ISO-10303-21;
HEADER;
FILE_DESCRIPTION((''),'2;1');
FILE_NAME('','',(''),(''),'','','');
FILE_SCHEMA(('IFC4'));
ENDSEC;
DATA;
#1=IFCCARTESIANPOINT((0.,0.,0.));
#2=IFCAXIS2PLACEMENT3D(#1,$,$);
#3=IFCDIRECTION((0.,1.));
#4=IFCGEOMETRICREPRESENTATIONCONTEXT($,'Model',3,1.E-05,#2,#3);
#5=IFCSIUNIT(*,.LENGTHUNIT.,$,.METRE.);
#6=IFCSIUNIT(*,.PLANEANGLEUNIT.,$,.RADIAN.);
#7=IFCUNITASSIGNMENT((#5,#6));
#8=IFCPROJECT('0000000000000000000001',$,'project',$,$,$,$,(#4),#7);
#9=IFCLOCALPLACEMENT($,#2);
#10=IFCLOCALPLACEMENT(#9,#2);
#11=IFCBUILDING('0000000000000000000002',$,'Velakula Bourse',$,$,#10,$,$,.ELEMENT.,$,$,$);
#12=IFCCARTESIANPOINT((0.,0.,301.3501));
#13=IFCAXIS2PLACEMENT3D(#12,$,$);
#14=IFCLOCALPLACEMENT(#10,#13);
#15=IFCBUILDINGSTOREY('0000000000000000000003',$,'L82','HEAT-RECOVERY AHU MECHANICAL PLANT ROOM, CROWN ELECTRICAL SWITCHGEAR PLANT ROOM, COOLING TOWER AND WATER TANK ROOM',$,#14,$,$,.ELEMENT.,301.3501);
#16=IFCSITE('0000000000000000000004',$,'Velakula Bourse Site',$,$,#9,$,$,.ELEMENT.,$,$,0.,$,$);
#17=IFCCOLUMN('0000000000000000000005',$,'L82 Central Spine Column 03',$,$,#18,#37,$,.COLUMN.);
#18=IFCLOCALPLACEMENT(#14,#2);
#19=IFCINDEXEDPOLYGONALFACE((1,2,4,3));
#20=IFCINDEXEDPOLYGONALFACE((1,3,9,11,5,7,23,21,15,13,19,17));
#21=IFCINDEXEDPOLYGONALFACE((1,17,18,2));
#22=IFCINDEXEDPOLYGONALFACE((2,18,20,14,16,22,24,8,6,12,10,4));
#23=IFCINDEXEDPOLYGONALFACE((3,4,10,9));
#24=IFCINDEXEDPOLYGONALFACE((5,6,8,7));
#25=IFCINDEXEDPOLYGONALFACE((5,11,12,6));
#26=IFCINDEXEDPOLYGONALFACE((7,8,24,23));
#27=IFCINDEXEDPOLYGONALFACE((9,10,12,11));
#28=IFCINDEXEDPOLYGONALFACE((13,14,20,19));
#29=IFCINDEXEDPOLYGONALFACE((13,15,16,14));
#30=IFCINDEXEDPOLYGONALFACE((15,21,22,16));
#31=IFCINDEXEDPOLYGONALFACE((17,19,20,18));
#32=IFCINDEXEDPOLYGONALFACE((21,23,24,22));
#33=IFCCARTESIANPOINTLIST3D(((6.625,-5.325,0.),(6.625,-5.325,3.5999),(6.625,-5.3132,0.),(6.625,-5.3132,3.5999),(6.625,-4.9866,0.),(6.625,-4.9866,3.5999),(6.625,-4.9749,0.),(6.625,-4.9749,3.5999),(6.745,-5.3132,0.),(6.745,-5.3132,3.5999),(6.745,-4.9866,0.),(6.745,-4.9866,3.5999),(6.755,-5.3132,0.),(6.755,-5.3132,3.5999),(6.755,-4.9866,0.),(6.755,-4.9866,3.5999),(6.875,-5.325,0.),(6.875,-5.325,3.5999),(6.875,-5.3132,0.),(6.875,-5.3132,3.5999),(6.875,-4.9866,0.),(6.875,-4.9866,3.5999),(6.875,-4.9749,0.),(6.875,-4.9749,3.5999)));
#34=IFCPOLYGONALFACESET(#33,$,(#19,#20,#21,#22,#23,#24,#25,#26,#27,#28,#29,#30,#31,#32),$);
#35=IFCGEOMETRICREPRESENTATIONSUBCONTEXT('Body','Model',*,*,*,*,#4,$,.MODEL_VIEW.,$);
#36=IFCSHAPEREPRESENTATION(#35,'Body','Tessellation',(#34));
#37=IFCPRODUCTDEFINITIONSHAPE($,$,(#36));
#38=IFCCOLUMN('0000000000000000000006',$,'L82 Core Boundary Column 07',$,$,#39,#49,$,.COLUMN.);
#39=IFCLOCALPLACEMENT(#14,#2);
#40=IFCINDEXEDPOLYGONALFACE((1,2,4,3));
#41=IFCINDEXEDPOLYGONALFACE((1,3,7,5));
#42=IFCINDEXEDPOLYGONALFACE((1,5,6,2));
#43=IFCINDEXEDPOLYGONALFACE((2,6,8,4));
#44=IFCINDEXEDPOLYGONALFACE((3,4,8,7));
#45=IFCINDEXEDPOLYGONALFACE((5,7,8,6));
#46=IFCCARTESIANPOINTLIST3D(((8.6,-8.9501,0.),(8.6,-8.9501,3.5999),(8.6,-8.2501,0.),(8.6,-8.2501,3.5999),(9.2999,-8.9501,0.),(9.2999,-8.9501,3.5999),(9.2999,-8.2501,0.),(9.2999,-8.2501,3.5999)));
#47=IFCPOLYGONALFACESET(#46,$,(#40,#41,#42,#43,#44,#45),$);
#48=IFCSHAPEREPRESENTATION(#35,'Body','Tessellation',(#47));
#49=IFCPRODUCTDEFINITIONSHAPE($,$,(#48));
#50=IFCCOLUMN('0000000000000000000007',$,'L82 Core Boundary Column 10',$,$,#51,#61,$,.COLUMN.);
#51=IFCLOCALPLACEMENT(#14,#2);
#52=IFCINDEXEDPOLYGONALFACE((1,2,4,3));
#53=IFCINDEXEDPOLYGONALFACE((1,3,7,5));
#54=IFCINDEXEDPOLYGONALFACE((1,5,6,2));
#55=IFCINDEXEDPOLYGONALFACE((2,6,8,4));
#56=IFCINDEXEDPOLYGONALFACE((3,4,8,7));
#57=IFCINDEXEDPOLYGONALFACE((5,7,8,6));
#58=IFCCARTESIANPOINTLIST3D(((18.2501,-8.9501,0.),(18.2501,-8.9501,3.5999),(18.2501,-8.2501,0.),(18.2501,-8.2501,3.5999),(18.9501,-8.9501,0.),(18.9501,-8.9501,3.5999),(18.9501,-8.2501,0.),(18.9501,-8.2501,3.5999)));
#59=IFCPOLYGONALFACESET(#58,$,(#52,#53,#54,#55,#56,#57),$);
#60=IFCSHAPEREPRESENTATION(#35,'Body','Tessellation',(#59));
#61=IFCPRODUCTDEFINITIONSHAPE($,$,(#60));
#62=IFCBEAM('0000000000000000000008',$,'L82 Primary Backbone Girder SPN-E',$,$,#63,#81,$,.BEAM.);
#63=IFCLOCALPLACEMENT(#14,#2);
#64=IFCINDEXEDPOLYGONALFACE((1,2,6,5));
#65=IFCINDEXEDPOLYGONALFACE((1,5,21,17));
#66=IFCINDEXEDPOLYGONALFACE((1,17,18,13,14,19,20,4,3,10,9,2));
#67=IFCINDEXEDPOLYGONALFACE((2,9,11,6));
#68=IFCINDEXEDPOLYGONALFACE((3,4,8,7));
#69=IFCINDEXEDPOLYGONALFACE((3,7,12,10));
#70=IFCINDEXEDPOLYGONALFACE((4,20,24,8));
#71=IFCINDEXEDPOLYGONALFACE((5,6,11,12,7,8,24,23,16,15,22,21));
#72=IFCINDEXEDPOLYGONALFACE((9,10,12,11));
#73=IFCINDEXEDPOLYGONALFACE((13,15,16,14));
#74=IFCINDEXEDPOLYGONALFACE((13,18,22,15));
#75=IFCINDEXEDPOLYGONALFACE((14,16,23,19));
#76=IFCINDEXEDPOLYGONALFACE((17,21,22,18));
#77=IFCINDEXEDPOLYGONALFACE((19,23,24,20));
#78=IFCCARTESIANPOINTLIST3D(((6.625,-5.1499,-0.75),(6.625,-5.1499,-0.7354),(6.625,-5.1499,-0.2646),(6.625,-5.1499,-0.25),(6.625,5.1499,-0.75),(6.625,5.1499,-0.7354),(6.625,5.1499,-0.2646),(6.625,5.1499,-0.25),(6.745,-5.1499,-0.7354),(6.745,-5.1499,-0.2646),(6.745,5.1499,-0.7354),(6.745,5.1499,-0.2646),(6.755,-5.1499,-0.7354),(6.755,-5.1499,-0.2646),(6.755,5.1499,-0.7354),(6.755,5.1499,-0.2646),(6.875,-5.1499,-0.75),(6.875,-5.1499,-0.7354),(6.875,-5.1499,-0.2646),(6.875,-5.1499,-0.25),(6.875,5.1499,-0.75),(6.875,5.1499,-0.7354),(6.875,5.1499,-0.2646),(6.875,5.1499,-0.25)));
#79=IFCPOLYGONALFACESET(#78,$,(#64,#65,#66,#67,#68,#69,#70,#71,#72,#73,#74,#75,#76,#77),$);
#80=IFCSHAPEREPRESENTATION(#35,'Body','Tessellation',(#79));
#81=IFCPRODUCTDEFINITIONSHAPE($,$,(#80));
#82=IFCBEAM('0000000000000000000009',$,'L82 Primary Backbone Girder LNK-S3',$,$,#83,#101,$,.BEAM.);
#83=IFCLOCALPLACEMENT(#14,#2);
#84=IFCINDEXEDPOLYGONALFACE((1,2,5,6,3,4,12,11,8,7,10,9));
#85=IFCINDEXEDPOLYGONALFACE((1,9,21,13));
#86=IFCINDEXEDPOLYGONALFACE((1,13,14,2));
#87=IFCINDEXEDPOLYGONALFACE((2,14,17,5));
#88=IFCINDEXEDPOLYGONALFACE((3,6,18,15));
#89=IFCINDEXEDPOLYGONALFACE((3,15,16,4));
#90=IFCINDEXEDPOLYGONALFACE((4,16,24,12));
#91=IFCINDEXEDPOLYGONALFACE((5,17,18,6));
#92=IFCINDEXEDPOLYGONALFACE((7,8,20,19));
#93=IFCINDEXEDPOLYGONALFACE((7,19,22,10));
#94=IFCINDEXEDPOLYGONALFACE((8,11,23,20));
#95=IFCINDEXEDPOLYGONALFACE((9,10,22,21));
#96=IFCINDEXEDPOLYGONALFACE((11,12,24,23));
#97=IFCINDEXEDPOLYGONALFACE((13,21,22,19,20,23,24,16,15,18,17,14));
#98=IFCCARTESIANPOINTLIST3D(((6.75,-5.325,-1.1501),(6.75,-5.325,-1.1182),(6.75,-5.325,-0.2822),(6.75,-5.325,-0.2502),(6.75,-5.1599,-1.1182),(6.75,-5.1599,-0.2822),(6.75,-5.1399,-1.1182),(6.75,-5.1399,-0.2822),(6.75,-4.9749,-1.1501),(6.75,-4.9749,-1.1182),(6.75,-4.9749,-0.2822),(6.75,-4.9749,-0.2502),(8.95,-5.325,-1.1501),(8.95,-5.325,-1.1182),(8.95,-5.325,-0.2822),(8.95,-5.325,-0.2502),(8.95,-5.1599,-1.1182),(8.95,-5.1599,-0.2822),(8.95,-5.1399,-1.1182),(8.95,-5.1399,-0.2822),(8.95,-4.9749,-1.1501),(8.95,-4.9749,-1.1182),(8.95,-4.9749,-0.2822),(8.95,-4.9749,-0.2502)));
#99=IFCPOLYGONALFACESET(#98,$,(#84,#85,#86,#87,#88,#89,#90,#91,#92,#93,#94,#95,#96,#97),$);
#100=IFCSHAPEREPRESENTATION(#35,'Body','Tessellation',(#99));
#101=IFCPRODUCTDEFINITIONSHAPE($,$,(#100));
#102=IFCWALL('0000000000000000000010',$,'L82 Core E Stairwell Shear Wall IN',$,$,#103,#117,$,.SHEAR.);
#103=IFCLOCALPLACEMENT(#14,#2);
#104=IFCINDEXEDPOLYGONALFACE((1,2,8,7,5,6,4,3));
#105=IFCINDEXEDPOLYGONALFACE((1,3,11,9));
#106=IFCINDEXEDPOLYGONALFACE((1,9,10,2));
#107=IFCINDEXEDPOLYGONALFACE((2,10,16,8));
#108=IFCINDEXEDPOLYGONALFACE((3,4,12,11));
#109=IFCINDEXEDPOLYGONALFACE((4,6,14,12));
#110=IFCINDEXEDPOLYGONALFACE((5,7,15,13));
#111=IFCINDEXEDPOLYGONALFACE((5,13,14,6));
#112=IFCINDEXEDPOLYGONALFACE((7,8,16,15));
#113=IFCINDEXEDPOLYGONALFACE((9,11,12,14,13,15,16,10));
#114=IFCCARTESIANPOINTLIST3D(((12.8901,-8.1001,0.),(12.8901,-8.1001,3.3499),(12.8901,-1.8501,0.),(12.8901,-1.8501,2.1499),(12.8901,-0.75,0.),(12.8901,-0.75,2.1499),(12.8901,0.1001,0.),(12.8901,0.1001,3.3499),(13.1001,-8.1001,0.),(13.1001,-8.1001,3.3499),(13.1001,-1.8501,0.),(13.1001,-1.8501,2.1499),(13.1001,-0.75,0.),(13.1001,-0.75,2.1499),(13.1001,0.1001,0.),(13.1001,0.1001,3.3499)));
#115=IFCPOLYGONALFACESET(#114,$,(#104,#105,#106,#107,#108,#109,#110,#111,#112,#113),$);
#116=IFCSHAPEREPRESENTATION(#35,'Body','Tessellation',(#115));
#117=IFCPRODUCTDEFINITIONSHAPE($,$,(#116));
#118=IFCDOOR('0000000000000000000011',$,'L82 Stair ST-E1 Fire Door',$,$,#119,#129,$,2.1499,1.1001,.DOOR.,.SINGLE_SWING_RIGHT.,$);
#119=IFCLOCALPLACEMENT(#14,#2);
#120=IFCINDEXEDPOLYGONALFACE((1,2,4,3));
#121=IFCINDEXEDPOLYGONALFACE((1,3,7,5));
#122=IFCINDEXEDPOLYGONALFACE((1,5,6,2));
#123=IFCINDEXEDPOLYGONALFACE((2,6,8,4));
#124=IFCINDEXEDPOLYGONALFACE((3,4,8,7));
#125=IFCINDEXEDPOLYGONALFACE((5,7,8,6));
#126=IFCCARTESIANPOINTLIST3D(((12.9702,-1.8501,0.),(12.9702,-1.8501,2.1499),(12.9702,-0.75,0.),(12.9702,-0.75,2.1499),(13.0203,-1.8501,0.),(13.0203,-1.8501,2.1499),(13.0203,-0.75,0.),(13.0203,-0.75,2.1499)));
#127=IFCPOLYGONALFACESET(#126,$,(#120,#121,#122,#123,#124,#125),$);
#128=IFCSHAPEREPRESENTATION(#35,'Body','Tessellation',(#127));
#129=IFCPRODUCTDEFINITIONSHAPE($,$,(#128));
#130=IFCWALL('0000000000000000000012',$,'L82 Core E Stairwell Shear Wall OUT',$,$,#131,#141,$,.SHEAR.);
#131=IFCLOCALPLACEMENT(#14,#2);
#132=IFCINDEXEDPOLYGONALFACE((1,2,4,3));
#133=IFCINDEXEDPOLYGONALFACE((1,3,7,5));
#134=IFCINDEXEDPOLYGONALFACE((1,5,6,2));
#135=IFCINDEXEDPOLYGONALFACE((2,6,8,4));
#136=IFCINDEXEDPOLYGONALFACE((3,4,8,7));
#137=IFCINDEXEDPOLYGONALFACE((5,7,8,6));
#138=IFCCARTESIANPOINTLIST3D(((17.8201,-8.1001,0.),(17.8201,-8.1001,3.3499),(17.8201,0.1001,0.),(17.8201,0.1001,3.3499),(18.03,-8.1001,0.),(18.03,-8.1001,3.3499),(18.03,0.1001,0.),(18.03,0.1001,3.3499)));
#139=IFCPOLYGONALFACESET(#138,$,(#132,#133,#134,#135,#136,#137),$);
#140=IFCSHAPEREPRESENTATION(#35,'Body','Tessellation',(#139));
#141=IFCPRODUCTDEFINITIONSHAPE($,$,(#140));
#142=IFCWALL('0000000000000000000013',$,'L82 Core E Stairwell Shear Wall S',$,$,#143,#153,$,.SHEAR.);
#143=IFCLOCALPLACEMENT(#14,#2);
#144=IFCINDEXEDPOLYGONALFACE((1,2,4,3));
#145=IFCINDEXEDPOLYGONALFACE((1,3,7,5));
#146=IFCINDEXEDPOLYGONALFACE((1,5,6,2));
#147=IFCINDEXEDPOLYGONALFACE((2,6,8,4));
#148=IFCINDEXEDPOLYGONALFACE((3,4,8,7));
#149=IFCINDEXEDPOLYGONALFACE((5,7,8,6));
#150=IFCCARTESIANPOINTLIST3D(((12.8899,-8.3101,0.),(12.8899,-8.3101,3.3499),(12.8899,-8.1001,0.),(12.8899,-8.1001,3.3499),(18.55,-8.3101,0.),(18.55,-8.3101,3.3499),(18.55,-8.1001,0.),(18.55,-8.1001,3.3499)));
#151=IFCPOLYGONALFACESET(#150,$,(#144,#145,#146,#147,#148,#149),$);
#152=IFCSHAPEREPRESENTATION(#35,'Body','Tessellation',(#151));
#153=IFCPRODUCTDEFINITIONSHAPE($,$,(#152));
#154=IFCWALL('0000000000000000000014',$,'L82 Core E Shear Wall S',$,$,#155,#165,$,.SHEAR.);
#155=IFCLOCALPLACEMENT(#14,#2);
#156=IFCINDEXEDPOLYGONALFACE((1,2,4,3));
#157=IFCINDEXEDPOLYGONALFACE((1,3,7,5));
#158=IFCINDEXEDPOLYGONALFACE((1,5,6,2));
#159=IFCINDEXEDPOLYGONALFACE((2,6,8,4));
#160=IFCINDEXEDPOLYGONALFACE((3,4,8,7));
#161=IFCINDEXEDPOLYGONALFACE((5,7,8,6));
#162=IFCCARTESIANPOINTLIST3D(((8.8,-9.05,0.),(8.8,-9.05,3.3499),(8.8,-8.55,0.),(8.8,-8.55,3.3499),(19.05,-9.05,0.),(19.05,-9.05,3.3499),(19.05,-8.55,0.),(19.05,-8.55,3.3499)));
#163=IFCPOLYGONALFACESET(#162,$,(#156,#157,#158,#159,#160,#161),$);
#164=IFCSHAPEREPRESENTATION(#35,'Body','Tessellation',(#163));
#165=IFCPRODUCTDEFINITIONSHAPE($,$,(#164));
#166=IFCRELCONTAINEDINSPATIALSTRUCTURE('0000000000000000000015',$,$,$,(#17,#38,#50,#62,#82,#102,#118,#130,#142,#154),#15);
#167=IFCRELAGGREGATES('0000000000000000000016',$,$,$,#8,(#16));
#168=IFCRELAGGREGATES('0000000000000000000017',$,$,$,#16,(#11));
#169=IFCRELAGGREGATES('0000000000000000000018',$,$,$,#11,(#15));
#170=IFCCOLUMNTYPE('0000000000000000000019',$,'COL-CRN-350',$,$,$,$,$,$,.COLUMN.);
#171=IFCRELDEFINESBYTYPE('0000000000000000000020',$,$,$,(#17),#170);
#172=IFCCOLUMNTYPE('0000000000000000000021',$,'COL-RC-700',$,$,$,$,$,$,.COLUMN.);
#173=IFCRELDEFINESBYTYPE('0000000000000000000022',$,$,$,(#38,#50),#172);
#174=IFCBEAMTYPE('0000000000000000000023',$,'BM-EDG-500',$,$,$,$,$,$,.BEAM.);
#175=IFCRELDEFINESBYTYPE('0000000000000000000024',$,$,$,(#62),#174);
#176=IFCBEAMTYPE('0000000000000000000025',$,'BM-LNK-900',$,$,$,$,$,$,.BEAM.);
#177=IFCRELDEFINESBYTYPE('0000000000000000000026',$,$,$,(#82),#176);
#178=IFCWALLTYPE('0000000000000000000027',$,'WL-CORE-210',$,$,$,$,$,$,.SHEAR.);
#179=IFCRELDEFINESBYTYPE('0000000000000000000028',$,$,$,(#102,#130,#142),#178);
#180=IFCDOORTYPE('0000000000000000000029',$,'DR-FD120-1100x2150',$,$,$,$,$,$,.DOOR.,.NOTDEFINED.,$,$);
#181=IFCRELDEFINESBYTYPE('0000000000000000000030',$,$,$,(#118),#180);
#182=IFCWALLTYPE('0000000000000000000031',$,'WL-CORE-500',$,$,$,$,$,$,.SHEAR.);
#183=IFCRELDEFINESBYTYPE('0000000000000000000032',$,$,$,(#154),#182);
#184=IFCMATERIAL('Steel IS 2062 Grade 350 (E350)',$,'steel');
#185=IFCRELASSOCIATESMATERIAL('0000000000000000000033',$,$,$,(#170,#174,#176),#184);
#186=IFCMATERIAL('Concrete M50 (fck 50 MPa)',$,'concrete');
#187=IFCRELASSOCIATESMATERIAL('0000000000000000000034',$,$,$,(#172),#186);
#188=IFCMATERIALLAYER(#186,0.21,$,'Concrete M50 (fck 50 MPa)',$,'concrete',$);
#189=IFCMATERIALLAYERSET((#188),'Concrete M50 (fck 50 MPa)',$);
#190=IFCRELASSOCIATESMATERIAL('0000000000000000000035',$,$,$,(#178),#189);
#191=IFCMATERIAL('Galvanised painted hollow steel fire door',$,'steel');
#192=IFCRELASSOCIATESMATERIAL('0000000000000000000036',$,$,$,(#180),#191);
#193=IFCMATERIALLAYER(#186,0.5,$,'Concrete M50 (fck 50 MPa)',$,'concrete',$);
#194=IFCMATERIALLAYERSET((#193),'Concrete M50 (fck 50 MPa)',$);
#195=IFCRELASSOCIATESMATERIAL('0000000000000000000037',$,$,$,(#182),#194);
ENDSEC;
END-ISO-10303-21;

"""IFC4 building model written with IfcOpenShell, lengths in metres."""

from ifc_helpers import new_model, si_unit, direction, frame, frame_2d, origin, origin_2d, place, context, subcontext, project, spatial, rectangle, i_section, extrude, material, layer, layer_set, material_profile, profile_set, type_object, element, fill, save


model = new_model("IFC4")

# Units and contexts
model_context = context("Model", 3, precision=1e-05, world=origin(), true_north=direction((0.0, 1.0)))
body_context = subcontext(model_context, "Body", "Model", "MODEL_VIEW")
ifc_project = project(units=[si_unit("LENGTHUNIT", "METRE"), si_unit("PLANEANGLEUNIT", "RADIAN")], contexts=[model_context])

# Site, building, storey
site_placement = place(None, origin())
site = spatial("IfcSite", under=ifc_project, at=site_placement, Name="Velakula Bourse Site", CompositionType="ELEMENT", RefElevation=0.0)
building_placement = place(site_placement, origin())
building = spatial("IfcBuilding", under=site, at=building_placement, Name="Velakula Bourse", CompositionType="ELEMENT")
storey_placement = place(building_placement, frame((0.0, 0.0, 301.3501)))
storey = spatial("IfcBuildingStorey", under=building, at=storey_placement, Name="L82", Description="HEAT-RECOVERY AHU MECHANICAL PLANT ROOM, CROWN ELECTRICAL SWITCHGEAR PLANT ROOM, COOLING TOWER AND WATER TANK ROOM", CompositionType="ELEMENT", Elevation=301.3501)

# Columns
ifc_material_1 = material(Name="Steel IS 2062 Grade 350 (E350)", Category="steel")
ifc_material_profile_1 = material_profile(ifc_material_1, i_section(OverallWidth=0.25, OverallDepth=0.3501, WebThickness=0.01, FlangeThickness=0.0117, at=origin_2d()), Name="Steel IS 2062 Grade 350 (E350)")
ifc_profile_set_1 = profile_set([ifc_material_profile_1], Name="Steel IS 2062 Grade 350 (E350)")
column_type_1 = type_object("IfcColumnType", Name="COL-CRN-350", PredefinedType="COLUMN", material=ifc_profile_set_1)
column_placement = place(storey_placement, frame((6.75, -5.1499, 0.0), z_axis=(0.0, 0.0, 1.0), x_axis=(1.0, 0.0, 0.0)))
element("IfcColumn", 1, at=column_placement, inside=storey, type_object=column_type_1, Name="L82 Central Spine Column 03", PredefinedType="COLUMN", context=body_context, shape_type="SweptSolid", body=[
    extrude(i_section(OverallWidth=0.25, OverallDepth=0.3501, WebThickness=0.01, FlangeThickness=0.0117, at=origin_2d()), origin(), (0.0, 0.0, 1.0), 3.5999),
])
ifc_material_2 = material(Name="Concrete M50 (fck 50 MPa)", Category="concrete")
ifc_material_profile_2 = material_profile(ifc_material_2, rectangle(XDim=0.7, YDim=0.7, at=origin_2d()), Name="Concrete M50 (fck 50 MPa)")
ifc_profile_set_2 = profile_set([ifc_material_profile_2], Name="Concrete M50 (fck 50 MPa)")
column_type_2 = type_object("IfcColumnType", Name="COL-RC-700", PredefinedType="COLUMN", material=ifc_profile_set_2)
for number, where, z_axis, x_axis, name in (
    (2, (8.95, -8.6001, 0.0), (0.0, 0.0, 1.0), (1.0, 0.0, 0.0), "L82 Core Boundary Column 07"),
    (3, (18.6001, -8.6001, 0.0), (0.0, 0.0, 1.0), (1.0, 0.0, 0.0), "L82 Core Boundary Column 10"),
):
    element("IfcColumn", number, at=place(storey_placement, frame(where, z_axis=z_axis, x_axis=x_axis)), inside=storey, type_object=column_type_2, Name=name, PredefinedType="COLUMN", context=body_context, shape_type="SweptSolid", body=[
        extrude(rectangle(XDim=0.7, YDim=0.7, at=origin_2d()), origin(), (0.0, 0.0, 1.0), 3.5999),
    ])

# Beams
ifc_material_profile_3 = material_profile(ifc_material_1, i_section(OverallWidth=0.25, OverallDepth=0.5, WebThickness=0.01, FlangeThickness=0.0146, at=origin_2d()), Name="Steel IS 2062 Grade 350 (E350)")
ifc_profile_set_3 = profile_set([ifc_material_profile_3], Name="Steel IS 2062 Grade 350 (E350)")
beam_type_1 = type_object("IfcBeamType", Name="BM-EDG-500", PredefinedType="BEAM", material=ifc_profile_set_3)
beam_1_placement = place(storey_placement, frame((6.75, -5.1499, -0.5), z_axis=(0.0, 1.0, 0.0), x_axis=(-1.0, 0.0, 0.0)))
element("IfcBeam", 4, at=beam_1_placement, inside=storey, type_object=beam_type_1, Name="L82 Primary Backbone Girder SPN-E", PredefinedType="BEAM", context=body_context, shape_type="SweptSolid", body=[
    extrude(i_section(OverallWidth=0.25, OverallDepth=0.5, WebThickness=0.01, FlangeThickness=0.0146, at=origin_2d()), origin(), (0.0, 0.0, 1.0), 10.2998),
])
ifc_material_profile_4 = material_profile(ifc_material_1, i_section(OverallWidth=0.3501, OverallDepth=0.8999, WebThickness=0.02, FlangeThickness=0.032, at=origin_2d()), Name="Steel IS 2062 Grade 350 (E350)")
ifc_profile_set_4 = profile_set([ifc_material_profile_4], Name="Steel IS 2062 Grade 350 (E350)")
beam_type_2 = type_object("IfcBeamType", Name="BM-LNK-900", PredefinedType="BEAM", material=ifc_profile_set_4)
beam_2_placement = place(storey_placement, frame((6.75, -5.1499, -0.7002), z_axis=(1.0, 0.0, 0.0), x_axis=(0.0, 1.0, 0.0)))
element("IfcBeam", 5, at=beam_2_placement, inside=storey, type_object=beam_type_2, Name="L82 Primary Backbone Girder LNK-S3", PredefinedType="BEAM", context=body_context, shape_type="SweptSolid", body=[
    extrude(i_section(OverallWidth=0.3501, OverallDepth=0.8999, WebThickness=0.02, FlangeThickness=0.032, at=origin_2d()), origin(), (0.0, 0.0, 1.0), 2.2),
])

# Wall, opening, door
ifc_layer_1 = layer(ifc_material_2, 0.21, Name="Concrete M50 (fck 50 MPa)", Category="concrete")
ifc_layer_set_1 = layer_set([ifc_layer_1], Name="Concrete M50 (fck 50 MPa)")
wall_type_1 = type_object("IfcWallType", Name="WL-CORE-210", PredefinedType="SHEAR", material=ifc_layer_set_1)
wall_1_placement = place(storey_placement, frame((12.9951, -8.1001, 0.0), z_axis=(0.0, 0.0, 1.0), x_axis=(0.0, 1.0, 0.0)))
wall_1 = element("IfcWall", 6, at=wall_1_placement, inside=storey, type_object=wall_type_1, Name="L82 Core E Stairwell Shear Wall IN", PredefinedType="SHEAR", context=body_context, shape_type="SweptSolid", body=[
    extrude(rectangle(XDim=8.2002, YDim=0.21, at=frame_2d((4.1001, 0.0))), origin(), (0.0, 0.0, 1.0), 3.3499),
])
opening_1_placement = place(wall_1_placement, frame((6.25, 0.0, 0.0)))
opening_1 = element("IfcOpeningElement", 7, at=opening_1_placement, cuts=wall_1, PredefinedType="OPENING", context=body_context, shape_type="SweptSolid", body=[
    extrude(rectangle(XDim=1.1001, YDim=2.1499, at=frame_2d((0.55, 1.075))), frame((0.0, 0.115, 0.0), z_axis=(0.0, -1.0, 0.0), x_axis=(1.0, 0.0, 0.0)), (0.0, 0.0, 1.0), 0.23),
])
ifc_material_3 = material(Name="Galvanised painted hollow steel fire door", Category="steel")
door_type_1 = type_object("IfcDoorType", Name="DR-FD120-1100x2150", OperationType="NOTDEFINED", PredefinedType="DOOR", material=ifc_material_3)
door_1_placement = place(opening_1_placement, origin())
door_1 = element("IfcDoor", 8, at=door_1_placement, inside=storey, type_object=door_type_1, Name="L82 Stair ST-E1 Fire Door", OperationType="SINGLE_SWING_RIGHT", OverallHeight=2.1499, OverallWidth=1.1001, PredefinedType="DOOR", context=body_context, shape_type="SweptSolid", body=[
    extrude(rectangle(XDim=1.1001, YDim=2.1499, at=frame_2d((0.55, 1.075))), frame((0.0, 0.0249, 0.0), z_axis=(0.0, -1.0, 0.0), x_axis=(1.0, 0.0, 0.0)), (0.0, 0.0, 1.0), 0.05),
])
fill(opening_1, door_1)

# Walls
wall_2_placement = place(storey_placement, frame((17.925, -8.1001, 0.0), z_axis=(0.0, 0.0, 1.0), x_axis=(0.0, 1.0, 0.0)))
element("IfcWall", 9, at=wall_2_placement, inside=storey, type_object=wall_type_1, Name="L82 Core E Stairwell Shear Wall OUT", PredefinedType="SHEAR", context=body_context, shape_type="SweptSolid", body=[
    extrude(rectangle(XDim=8.2002, YDim=0.21, at=frame_2d((4.1001, 0.0))), origin(), (0.0, 0.0, 1.0), 3.3499),
])
wall_3_placement = place(storey_placement, frame((12.8899, -8.2051, 0.0), z_axis=(0.0, 0.0, 1.0), x_axis=(1.0, 0.0, 0.0)))
element("IfcWall", 10, at=wall_3_placement, inside=storey, type_object=wall_type_1, Name="L82 Core E Stairwell Shear Wall S", PredefinedType="SHEAR", context=body_context, shape_type="SweptSolid", body=[
    extrude(rectangle(XDim=5.6602, YDim=0.21, at=frame_2d((2.8301, 0.0))), origin(), (0.0, 0.0, 1.0), 3.3499),
])
ifc_layer_2 = layer(ifc_material_2, 0.5, Name="Concrete M50 (fck 50 MPa)", Category="concrete")
ifc_layer_set_2 = layer_set([ifc_layer_2], Name="Concrete M50 (fck 50 MPa)")
wall_type_2 = type_object("IfcWallType", Name="WL-CORE-500", PredefinedType="SHEAR", material=ifc_layer_set_2)
wall_4_placement = place(storey_placement, frame((8.8, -8.8, 0.0), z_axis=(0.0, 0.0, 1.0), x_axis=(1.0, 0.0, 0.0)))
element("IfcWall", 11, at=wall_4_placement, inside=storey, type_object=wall_type_2, Name="L82 Core E Shear Wall S", PredefinedType="SHEAR", context=body_context, shape_type="SweptSolid", body=[
    extrude(rectangle(XDim=10.25, YDim=0.5, at=frame_2d((5.125, 0.0))), origin(), (0.0, 0.0, 1.0), 3.3499),
])

save(model, "model.ifc")
